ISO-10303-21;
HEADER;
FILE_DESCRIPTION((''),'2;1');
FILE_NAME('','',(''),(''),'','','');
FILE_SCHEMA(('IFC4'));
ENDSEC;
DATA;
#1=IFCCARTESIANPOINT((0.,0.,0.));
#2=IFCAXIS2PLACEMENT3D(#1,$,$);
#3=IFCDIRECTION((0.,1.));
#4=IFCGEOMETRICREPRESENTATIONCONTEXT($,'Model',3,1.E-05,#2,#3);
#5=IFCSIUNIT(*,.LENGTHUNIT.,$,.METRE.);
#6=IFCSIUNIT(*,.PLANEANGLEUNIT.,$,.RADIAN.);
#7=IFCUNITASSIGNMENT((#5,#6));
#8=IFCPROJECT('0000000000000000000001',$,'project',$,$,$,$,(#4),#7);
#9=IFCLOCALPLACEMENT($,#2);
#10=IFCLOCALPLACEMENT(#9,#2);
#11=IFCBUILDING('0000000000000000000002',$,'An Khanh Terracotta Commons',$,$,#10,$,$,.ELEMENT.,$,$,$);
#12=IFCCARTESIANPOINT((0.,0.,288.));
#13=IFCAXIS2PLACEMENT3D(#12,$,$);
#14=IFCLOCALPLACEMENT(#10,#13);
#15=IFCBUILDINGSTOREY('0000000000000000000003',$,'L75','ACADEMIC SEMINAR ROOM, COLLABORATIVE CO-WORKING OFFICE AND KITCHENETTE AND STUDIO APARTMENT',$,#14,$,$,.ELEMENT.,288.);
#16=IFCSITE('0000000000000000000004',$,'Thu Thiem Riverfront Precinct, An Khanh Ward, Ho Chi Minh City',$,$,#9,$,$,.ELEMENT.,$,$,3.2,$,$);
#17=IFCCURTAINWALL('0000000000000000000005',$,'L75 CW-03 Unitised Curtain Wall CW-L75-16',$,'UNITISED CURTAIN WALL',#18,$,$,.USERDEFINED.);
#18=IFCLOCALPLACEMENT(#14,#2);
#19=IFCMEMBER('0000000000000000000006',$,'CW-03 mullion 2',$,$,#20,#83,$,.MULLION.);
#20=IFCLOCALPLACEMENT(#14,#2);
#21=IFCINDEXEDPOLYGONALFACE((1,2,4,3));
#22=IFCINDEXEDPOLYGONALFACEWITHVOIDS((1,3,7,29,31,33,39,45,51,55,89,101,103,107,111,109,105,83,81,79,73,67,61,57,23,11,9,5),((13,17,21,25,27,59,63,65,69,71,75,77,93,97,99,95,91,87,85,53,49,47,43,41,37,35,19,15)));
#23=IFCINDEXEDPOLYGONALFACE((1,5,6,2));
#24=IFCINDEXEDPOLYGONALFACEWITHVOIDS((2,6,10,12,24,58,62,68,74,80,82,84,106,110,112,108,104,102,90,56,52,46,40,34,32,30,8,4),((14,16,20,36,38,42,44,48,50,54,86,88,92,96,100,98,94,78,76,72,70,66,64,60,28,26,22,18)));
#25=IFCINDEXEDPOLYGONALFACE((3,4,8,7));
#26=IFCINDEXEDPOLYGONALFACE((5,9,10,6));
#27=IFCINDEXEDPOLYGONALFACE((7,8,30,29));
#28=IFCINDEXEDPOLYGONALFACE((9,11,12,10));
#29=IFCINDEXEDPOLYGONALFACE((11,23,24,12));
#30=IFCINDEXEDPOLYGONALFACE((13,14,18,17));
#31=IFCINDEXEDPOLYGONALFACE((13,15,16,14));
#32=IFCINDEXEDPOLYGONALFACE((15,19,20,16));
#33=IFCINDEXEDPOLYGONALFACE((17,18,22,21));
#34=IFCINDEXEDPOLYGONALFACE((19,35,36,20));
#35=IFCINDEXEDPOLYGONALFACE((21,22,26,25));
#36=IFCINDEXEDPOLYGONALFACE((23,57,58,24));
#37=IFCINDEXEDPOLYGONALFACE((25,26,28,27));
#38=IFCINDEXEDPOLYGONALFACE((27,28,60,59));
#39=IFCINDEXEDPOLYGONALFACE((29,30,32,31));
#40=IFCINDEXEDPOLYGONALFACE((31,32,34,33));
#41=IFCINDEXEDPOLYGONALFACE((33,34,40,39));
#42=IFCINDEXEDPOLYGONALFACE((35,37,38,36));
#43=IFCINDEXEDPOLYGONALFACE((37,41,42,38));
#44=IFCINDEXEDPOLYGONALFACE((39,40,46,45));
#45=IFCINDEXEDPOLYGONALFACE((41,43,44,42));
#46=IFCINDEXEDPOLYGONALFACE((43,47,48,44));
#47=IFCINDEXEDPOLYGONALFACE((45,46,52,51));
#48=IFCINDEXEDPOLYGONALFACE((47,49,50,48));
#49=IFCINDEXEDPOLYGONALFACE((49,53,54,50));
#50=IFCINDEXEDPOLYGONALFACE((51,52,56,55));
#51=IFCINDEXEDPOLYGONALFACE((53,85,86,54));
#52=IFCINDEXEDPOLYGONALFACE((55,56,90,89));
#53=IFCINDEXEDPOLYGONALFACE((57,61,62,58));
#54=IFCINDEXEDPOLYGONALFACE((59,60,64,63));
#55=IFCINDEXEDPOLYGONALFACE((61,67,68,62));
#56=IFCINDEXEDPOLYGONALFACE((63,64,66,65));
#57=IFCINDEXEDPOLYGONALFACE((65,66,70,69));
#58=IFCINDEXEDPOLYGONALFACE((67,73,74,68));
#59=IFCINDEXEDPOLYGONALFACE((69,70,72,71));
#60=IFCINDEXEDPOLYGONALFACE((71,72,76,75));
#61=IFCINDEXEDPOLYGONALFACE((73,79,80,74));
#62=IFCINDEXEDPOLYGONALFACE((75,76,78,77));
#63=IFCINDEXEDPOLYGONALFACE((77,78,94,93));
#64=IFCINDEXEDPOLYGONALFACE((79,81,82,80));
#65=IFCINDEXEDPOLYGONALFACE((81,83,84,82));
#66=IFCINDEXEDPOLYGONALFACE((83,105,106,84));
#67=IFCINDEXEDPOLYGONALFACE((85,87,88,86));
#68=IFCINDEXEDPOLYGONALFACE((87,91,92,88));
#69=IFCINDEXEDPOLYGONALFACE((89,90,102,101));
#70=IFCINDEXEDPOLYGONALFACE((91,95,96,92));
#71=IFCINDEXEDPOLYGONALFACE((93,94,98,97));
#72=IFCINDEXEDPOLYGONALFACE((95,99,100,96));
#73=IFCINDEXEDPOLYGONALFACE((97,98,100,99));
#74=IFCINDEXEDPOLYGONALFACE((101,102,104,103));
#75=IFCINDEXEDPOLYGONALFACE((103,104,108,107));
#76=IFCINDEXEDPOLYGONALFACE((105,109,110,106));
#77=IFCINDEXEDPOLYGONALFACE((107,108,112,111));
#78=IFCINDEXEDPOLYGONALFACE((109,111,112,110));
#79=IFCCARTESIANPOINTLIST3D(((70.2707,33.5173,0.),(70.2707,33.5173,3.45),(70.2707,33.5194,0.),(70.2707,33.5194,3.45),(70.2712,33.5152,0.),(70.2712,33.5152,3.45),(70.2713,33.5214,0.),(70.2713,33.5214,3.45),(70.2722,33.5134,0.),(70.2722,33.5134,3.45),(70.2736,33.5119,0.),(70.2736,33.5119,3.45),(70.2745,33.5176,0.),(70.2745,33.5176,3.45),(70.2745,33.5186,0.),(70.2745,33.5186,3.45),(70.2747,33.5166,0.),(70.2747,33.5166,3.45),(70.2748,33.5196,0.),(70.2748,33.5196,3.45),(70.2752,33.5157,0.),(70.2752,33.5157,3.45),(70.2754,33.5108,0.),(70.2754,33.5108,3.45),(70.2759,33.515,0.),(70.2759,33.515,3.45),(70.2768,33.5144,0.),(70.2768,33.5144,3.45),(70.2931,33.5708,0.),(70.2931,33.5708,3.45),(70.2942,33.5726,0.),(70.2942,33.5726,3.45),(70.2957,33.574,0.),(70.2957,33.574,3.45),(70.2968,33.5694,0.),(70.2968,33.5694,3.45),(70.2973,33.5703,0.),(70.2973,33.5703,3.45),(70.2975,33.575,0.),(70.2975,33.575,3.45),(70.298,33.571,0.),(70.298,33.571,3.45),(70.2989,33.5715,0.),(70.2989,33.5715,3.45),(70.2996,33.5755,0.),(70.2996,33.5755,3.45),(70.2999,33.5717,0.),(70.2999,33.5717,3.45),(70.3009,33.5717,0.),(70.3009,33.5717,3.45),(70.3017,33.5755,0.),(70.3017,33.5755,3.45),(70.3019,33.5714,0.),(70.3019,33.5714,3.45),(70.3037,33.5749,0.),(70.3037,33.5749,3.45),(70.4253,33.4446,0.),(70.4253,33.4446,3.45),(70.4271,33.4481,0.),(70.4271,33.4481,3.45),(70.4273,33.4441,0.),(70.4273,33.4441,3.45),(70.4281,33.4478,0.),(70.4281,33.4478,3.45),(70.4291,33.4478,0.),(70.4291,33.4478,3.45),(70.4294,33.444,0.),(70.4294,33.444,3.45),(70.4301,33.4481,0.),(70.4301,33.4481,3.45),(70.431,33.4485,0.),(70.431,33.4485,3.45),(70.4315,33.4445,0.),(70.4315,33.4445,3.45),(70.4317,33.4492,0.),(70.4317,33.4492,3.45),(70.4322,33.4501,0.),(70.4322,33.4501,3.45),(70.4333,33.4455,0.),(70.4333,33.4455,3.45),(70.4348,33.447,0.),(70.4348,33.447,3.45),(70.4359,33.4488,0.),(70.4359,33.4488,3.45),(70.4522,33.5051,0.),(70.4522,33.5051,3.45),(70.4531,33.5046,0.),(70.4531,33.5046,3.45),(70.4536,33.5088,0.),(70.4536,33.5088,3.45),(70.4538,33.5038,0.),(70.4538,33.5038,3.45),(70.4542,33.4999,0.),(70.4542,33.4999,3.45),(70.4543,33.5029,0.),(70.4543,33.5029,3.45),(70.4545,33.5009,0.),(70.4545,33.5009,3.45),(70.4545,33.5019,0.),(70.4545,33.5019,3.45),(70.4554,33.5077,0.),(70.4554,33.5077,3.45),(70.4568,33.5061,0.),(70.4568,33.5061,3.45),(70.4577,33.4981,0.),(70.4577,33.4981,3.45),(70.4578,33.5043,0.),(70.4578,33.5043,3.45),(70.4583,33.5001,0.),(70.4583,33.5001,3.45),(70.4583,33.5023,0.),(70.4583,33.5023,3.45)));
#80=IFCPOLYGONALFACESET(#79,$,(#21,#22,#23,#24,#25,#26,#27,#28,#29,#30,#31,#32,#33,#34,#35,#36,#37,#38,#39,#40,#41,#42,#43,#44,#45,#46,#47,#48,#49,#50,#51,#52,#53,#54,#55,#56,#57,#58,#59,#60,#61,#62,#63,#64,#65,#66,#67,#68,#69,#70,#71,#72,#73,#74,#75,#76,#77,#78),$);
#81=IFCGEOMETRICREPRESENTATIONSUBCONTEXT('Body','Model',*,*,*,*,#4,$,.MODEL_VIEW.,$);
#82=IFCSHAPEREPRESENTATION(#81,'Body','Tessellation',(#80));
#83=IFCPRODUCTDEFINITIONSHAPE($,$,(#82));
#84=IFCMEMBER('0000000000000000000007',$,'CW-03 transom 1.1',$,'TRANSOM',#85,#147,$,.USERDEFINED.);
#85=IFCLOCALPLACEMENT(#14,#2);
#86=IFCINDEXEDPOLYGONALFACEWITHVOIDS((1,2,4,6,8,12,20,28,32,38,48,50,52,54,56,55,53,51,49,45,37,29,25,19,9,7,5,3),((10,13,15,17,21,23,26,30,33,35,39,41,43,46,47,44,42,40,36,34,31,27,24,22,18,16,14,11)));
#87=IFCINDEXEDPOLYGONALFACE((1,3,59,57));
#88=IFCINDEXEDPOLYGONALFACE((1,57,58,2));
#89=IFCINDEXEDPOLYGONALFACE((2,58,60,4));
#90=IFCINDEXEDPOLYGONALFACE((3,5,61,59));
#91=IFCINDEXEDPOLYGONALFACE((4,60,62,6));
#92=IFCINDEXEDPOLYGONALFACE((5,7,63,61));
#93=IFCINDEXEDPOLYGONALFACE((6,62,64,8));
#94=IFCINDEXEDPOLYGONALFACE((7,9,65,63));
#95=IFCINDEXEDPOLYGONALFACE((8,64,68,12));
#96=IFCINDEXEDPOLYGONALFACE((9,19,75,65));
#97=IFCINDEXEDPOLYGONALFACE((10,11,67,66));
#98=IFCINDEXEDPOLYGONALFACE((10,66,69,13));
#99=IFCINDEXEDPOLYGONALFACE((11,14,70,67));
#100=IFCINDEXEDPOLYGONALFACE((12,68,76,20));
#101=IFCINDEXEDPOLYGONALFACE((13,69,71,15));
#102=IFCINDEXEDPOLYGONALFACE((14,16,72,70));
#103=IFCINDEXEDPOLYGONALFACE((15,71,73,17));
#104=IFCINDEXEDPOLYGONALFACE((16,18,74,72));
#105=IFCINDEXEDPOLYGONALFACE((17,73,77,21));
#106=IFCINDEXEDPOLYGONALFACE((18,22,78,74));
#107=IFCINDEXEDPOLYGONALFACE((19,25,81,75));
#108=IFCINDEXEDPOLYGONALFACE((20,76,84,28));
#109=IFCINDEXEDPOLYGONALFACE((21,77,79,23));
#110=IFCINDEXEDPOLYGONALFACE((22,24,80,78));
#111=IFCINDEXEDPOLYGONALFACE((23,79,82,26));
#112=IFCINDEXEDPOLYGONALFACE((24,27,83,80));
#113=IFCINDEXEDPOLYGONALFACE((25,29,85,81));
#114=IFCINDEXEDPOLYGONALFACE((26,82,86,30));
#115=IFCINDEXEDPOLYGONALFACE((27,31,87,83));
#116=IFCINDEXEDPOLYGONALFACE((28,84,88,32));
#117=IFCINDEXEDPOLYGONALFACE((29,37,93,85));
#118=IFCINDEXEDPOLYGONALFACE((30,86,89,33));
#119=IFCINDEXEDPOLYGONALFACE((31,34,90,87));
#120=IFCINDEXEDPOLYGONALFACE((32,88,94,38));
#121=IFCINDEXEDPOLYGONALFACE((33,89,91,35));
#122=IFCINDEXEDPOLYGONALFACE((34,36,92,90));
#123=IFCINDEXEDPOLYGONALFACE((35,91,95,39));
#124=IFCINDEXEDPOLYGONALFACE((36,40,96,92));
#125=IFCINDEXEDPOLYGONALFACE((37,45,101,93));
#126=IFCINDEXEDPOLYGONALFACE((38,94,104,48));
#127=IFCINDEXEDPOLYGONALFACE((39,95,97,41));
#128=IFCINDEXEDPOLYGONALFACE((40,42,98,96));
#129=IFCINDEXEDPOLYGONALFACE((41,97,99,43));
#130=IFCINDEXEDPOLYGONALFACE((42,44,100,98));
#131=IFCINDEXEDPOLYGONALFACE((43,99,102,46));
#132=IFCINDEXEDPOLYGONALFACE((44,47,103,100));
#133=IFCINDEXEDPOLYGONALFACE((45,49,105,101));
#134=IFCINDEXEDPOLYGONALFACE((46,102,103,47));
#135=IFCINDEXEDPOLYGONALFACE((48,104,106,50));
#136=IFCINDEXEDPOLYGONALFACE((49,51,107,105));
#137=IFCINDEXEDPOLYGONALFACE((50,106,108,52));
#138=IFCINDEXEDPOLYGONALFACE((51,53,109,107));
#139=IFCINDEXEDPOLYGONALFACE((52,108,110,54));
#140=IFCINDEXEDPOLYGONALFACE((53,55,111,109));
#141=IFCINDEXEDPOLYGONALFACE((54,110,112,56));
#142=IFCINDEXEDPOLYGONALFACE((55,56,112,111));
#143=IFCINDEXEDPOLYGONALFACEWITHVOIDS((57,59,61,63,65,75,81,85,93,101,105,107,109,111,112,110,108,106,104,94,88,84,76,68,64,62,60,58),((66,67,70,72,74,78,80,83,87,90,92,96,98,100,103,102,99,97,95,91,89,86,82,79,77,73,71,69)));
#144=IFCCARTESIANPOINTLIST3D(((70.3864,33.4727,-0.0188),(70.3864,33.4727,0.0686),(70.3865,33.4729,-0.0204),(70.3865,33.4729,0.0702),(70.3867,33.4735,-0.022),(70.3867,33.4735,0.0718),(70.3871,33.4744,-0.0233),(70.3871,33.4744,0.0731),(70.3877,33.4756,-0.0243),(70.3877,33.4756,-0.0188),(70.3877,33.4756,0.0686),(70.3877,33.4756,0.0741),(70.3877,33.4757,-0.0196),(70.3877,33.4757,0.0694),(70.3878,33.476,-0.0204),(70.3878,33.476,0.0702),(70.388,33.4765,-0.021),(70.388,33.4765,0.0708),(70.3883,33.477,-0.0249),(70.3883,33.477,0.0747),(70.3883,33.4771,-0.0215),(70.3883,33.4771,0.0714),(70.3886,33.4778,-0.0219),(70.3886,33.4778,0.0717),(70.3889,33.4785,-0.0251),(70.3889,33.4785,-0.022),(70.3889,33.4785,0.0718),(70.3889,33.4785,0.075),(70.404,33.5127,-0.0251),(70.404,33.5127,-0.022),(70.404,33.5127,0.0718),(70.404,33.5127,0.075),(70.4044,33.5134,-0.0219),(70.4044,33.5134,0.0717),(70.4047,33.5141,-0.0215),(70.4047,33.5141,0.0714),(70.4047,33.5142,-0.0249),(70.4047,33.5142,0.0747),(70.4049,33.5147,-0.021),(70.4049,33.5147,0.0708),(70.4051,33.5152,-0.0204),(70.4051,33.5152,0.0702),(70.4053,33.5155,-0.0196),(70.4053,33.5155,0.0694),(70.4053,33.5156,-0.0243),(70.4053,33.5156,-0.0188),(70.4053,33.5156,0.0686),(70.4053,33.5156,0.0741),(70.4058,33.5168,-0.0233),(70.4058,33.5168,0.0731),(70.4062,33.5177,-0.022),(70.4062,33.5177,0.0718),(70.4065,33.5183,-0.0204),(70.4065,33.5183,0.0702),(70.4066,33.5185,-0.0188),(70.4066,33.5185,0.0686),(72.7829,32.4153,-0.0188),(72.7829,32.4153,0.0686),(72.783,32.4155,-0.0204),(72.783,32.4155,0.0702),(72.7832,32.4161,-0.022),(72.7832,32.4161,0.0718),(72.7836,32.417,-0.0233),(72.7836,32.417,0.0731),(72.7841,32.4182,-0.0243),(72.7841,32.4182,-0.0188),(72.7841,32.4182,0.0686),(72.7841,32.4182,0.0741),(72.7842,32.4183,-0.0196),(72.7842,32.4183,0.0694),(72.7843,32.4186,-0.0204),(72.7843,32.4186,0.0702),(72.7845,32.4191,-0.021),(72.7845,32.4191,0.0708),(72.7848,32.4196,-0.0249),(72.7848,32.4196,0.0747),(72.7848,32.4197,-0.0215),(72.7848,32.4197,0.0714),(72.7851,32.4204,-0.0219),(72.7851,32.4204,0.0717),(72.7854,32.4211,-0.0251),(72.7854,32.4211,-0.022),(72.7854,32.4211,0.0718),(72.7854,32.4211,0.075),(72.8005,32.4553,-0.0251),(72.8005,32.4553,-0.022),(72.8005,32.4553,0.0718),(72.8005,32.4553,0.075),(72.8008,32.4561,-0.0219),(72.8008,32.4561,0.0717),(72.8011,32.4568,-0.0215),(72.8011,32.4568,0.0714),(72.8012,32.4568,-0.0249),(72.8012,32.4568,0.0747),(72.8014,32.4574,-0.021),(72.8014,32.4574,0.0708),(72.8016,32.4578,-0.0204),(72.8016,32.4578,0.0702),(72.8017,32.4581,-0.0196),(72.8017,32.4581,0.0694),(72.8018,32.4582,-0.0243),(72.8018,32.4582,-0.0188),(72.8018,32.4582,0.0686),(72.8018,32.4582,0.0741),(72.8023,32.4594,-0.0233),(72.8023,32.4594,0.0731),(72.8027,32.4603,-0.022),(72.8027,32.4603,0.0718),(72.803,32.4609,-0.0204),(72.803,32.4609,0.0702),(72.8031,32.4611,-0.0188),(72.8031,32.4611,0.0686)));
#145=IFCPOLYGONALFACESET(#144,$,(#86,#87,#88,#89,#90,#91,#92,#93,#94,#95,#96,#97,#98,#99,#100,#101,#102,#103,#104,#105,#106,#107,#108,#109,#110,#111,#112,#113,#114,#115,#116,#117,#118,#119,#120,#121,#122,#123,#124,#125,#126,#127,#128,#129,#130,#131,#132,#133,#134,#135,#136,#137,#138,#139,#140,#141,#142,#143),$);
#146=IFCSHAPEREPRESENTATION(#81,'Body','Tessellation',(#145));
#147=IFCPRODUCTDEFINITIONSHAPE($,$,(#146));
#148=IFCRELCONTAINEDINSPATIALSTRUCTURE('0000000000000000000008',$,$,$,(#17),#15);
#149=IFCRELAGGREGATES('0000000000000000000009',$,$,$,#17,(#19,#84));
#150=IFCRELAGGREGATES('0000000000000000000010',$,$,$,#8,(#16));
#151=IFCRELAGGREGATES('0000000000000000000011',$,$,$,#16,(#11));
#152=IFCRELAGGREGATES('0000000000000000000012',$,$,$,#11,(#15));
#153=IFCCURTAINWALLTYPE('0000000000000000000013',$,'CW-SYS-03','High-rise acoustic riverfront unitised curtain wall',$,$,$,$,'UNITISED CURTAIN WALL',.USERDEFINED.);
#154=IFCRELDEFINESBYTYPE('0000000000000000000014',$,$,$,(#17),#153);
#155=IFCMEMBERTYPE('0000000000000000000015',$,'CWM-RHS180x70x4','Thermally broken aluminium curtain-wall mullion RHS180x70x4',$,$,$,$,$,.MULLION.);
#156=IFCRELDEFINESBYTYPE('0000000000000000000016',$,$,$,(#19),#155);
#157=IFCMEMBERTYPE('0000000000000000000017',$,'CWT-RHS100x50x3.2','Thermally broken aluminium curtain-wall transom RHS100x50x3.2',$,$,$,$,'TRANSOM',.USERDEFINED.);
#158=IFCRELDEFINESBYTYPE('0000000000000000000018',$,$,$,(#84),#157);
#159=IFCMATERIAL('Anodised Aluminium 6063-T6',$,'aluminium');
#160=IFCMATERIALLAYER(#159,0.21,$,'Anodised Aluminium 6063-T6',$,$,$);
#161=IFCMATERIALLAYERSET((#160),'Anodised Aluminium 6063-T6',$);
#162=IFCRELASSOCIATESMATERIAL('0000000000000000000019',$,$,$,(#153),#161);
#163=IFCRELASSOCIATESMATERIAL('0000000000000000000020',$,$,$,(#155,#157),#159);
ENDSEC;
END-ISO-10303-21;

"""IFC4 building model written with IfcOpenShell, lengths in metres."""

from ifc_helpers import new_model, si_unit, direction, frame, origin, origin_2d, place, context, subcontext, project, spatial, hollow_rectangle, extrude, material, layer, layer_set, material_profile, profile_set, type_object, element, aggregate, save


model = new_model("IFC4")

# Units and contexts
model_context = context("Model", 3, precision=1e-05, world=origin(), true_north=direction((0.0, 1.0)))
body_context = subcontext(model_context, "Body", "Model", "MODEL_VIEW")
ifc_project = project(units=[si_unit("LENGTHUNIT", "METRE"), si_unit("PLANEANGLEUNIT", "RADIAN")], contexts=[model_context])

# Site, building, storey
site_placement = place(None, origin())
site = spatial("IfcSite", under=ifc_project, at=site_placement, Name="Thu Thiem Riverfront Precinct, An Khanh Ward, Ho Chi Minh City", CompositionType="ELEMENT", RefElevation=3.2)
building_placement = place(site_placement, origin())
building = spatial("IfcBuilding", under=site, at=building_placement, Name="An Khanh Terracotta Commons", CompositionType="ELEMENT")
storey_placement = place(building_placement, frame((0.0, 0.0, 288.0)))
storey = spatial("IfcBuildingStorey", under=building, at=storey_placement, Name="L75", Description="ACADEMIC SEMINAR ROOM, COLLABORATIVE CO-WORKING OFFICE AND KITCHENETTE AND STUDIO APARTMENT", CompositionType="ELEMENT", Elevation=288.0)

# Shared definitions
ifc_material_1 = material(Name="Anodised Aluminium 6063-T6", Category="aluminium")

# Curtain wall, members
ifc_layer_1 = layer(ifc_material_1, 0.21, Name="Anodised Aluminium 6063-T6")
ifc_layer_set_1 = layer_set([ifc_layer_1], Name="Anodised Aluminium 6063-T6")
curtain_wall_type_1 = type_object("IfcCurtainWallType", Name="CW-SYS-03", Description="High-rise acoustic riverfront unitised curtain wall", ElementType="UNITISED CURTAIN WALL", PredefinedType="USERDEFINED", material=ifc_layer_set_1)
curtain_wall_1_placement = place(storey_placement, origin())
curtain_wall_1 = element("IfcCurtainWall", 1, at=curtain_wall_1_placement, inside=storey, type_object=curtain_wall_type_1, Name="L75 CW-03 Unitised Curtain Wall CW-L75-16", ObjectType="UNITISED CURTAIN WALL", PredefinedType="USERDEFINED")
ifc_material_profile_1 = material_profile(ifc_material_1, hollow_rectangle(XDim=0.0701, YDim=0.1799, WallThickness=0.0039, InnerFilletRadius=0.0039, OuterFilletRadius=0.0081, at=origin_2d()), Name="RHS180x70x4")
ifc_profile_set_1 = profile_set([ifc_material_profile_1], Name="Anodised Aluminium 6063-T6")
member_type_1 = type_object("IfcMemberType", Name="CWM-RHS180x70x4", Description="Thermally broken aluminium curtain-wall mullion RHS180x70x4", PredefinedType="MULLION", material=ifc_profile_set_1)
member_1_placement = place(storey_placement, frame((70.3645, 33.5098, 0.0), z_axis=(0.0, 0.0, 1.0), x_axis=(-0.403676, -0.914902, 0.0)))
member_1 = element("IfcMember", 2, at=member_1_placement, type_object=member_type_1, Name="CW-03 mullion 2", PredefinedType="MULLION", context=body_context, shape_type="SweptSolid", body=[
    extrude(hollow_rectangle(XDim=0.0701, YDim=0.1799, WallThickness=0.0039, InnerFilletRadius=0.0039, OuterFilletRadius=0.0081, at=origin_2d()), origin(), (0.0, 0.0, 1.0), 3.45),
])
ifc_material_profile_2 = material_profile(ifc_material_1, hollow_rectangle(XDim=0.05, YDim=0.1001, WallThickness=0.0032, InnerFilletRadius=0.0032, OuterFilletRadius=0.0063, at=origin_2d()), Name="RHS100x50x3.2")
ifc_profile_set_2 = profile_set([ifc_material_profile_2], Name="Anodised Aluminium 6063-T6")
member_type_2 = type_object("IfcMemberType", Name="CWT-RHS100x50x3.2", Description="Thermally broken aluminium curtain-wall transom RHS100x50x3.2", ElementType="TRANSOM", PredefinedType="USERDEFINED", material=ifc_profile_set_2)
member_2_placement = place(storey_placement, frame((72.793, 32.4382, 0.0249), z_axis=(-0.914904, 0.403672, 0.0), x_axis=(-0.403672, -0.914904, 0.0)))
member_2 = element("IfcMember", 3, at=member_2_placement, type_object=member_type_2, Name="CW-03 transom 1.1", ObjectType="TRANSOM", PredefinedType="USERDEFINED", context=body_context, shape_type="SweptSolid", body=[
    extrude(hollow_rectangle(XDim=0.05, YDim=0.1001, WallThickness=0.0032, InnerFilletRadius=0.0032, OuterFilletRadius=0.0063, at=origin_2d()), origin(), (0.0, 0.0, 1.0), 2.6194),
])

aggregate(curtain_wall_1, [member_1, member_2])

save(model, "model.ifc")
